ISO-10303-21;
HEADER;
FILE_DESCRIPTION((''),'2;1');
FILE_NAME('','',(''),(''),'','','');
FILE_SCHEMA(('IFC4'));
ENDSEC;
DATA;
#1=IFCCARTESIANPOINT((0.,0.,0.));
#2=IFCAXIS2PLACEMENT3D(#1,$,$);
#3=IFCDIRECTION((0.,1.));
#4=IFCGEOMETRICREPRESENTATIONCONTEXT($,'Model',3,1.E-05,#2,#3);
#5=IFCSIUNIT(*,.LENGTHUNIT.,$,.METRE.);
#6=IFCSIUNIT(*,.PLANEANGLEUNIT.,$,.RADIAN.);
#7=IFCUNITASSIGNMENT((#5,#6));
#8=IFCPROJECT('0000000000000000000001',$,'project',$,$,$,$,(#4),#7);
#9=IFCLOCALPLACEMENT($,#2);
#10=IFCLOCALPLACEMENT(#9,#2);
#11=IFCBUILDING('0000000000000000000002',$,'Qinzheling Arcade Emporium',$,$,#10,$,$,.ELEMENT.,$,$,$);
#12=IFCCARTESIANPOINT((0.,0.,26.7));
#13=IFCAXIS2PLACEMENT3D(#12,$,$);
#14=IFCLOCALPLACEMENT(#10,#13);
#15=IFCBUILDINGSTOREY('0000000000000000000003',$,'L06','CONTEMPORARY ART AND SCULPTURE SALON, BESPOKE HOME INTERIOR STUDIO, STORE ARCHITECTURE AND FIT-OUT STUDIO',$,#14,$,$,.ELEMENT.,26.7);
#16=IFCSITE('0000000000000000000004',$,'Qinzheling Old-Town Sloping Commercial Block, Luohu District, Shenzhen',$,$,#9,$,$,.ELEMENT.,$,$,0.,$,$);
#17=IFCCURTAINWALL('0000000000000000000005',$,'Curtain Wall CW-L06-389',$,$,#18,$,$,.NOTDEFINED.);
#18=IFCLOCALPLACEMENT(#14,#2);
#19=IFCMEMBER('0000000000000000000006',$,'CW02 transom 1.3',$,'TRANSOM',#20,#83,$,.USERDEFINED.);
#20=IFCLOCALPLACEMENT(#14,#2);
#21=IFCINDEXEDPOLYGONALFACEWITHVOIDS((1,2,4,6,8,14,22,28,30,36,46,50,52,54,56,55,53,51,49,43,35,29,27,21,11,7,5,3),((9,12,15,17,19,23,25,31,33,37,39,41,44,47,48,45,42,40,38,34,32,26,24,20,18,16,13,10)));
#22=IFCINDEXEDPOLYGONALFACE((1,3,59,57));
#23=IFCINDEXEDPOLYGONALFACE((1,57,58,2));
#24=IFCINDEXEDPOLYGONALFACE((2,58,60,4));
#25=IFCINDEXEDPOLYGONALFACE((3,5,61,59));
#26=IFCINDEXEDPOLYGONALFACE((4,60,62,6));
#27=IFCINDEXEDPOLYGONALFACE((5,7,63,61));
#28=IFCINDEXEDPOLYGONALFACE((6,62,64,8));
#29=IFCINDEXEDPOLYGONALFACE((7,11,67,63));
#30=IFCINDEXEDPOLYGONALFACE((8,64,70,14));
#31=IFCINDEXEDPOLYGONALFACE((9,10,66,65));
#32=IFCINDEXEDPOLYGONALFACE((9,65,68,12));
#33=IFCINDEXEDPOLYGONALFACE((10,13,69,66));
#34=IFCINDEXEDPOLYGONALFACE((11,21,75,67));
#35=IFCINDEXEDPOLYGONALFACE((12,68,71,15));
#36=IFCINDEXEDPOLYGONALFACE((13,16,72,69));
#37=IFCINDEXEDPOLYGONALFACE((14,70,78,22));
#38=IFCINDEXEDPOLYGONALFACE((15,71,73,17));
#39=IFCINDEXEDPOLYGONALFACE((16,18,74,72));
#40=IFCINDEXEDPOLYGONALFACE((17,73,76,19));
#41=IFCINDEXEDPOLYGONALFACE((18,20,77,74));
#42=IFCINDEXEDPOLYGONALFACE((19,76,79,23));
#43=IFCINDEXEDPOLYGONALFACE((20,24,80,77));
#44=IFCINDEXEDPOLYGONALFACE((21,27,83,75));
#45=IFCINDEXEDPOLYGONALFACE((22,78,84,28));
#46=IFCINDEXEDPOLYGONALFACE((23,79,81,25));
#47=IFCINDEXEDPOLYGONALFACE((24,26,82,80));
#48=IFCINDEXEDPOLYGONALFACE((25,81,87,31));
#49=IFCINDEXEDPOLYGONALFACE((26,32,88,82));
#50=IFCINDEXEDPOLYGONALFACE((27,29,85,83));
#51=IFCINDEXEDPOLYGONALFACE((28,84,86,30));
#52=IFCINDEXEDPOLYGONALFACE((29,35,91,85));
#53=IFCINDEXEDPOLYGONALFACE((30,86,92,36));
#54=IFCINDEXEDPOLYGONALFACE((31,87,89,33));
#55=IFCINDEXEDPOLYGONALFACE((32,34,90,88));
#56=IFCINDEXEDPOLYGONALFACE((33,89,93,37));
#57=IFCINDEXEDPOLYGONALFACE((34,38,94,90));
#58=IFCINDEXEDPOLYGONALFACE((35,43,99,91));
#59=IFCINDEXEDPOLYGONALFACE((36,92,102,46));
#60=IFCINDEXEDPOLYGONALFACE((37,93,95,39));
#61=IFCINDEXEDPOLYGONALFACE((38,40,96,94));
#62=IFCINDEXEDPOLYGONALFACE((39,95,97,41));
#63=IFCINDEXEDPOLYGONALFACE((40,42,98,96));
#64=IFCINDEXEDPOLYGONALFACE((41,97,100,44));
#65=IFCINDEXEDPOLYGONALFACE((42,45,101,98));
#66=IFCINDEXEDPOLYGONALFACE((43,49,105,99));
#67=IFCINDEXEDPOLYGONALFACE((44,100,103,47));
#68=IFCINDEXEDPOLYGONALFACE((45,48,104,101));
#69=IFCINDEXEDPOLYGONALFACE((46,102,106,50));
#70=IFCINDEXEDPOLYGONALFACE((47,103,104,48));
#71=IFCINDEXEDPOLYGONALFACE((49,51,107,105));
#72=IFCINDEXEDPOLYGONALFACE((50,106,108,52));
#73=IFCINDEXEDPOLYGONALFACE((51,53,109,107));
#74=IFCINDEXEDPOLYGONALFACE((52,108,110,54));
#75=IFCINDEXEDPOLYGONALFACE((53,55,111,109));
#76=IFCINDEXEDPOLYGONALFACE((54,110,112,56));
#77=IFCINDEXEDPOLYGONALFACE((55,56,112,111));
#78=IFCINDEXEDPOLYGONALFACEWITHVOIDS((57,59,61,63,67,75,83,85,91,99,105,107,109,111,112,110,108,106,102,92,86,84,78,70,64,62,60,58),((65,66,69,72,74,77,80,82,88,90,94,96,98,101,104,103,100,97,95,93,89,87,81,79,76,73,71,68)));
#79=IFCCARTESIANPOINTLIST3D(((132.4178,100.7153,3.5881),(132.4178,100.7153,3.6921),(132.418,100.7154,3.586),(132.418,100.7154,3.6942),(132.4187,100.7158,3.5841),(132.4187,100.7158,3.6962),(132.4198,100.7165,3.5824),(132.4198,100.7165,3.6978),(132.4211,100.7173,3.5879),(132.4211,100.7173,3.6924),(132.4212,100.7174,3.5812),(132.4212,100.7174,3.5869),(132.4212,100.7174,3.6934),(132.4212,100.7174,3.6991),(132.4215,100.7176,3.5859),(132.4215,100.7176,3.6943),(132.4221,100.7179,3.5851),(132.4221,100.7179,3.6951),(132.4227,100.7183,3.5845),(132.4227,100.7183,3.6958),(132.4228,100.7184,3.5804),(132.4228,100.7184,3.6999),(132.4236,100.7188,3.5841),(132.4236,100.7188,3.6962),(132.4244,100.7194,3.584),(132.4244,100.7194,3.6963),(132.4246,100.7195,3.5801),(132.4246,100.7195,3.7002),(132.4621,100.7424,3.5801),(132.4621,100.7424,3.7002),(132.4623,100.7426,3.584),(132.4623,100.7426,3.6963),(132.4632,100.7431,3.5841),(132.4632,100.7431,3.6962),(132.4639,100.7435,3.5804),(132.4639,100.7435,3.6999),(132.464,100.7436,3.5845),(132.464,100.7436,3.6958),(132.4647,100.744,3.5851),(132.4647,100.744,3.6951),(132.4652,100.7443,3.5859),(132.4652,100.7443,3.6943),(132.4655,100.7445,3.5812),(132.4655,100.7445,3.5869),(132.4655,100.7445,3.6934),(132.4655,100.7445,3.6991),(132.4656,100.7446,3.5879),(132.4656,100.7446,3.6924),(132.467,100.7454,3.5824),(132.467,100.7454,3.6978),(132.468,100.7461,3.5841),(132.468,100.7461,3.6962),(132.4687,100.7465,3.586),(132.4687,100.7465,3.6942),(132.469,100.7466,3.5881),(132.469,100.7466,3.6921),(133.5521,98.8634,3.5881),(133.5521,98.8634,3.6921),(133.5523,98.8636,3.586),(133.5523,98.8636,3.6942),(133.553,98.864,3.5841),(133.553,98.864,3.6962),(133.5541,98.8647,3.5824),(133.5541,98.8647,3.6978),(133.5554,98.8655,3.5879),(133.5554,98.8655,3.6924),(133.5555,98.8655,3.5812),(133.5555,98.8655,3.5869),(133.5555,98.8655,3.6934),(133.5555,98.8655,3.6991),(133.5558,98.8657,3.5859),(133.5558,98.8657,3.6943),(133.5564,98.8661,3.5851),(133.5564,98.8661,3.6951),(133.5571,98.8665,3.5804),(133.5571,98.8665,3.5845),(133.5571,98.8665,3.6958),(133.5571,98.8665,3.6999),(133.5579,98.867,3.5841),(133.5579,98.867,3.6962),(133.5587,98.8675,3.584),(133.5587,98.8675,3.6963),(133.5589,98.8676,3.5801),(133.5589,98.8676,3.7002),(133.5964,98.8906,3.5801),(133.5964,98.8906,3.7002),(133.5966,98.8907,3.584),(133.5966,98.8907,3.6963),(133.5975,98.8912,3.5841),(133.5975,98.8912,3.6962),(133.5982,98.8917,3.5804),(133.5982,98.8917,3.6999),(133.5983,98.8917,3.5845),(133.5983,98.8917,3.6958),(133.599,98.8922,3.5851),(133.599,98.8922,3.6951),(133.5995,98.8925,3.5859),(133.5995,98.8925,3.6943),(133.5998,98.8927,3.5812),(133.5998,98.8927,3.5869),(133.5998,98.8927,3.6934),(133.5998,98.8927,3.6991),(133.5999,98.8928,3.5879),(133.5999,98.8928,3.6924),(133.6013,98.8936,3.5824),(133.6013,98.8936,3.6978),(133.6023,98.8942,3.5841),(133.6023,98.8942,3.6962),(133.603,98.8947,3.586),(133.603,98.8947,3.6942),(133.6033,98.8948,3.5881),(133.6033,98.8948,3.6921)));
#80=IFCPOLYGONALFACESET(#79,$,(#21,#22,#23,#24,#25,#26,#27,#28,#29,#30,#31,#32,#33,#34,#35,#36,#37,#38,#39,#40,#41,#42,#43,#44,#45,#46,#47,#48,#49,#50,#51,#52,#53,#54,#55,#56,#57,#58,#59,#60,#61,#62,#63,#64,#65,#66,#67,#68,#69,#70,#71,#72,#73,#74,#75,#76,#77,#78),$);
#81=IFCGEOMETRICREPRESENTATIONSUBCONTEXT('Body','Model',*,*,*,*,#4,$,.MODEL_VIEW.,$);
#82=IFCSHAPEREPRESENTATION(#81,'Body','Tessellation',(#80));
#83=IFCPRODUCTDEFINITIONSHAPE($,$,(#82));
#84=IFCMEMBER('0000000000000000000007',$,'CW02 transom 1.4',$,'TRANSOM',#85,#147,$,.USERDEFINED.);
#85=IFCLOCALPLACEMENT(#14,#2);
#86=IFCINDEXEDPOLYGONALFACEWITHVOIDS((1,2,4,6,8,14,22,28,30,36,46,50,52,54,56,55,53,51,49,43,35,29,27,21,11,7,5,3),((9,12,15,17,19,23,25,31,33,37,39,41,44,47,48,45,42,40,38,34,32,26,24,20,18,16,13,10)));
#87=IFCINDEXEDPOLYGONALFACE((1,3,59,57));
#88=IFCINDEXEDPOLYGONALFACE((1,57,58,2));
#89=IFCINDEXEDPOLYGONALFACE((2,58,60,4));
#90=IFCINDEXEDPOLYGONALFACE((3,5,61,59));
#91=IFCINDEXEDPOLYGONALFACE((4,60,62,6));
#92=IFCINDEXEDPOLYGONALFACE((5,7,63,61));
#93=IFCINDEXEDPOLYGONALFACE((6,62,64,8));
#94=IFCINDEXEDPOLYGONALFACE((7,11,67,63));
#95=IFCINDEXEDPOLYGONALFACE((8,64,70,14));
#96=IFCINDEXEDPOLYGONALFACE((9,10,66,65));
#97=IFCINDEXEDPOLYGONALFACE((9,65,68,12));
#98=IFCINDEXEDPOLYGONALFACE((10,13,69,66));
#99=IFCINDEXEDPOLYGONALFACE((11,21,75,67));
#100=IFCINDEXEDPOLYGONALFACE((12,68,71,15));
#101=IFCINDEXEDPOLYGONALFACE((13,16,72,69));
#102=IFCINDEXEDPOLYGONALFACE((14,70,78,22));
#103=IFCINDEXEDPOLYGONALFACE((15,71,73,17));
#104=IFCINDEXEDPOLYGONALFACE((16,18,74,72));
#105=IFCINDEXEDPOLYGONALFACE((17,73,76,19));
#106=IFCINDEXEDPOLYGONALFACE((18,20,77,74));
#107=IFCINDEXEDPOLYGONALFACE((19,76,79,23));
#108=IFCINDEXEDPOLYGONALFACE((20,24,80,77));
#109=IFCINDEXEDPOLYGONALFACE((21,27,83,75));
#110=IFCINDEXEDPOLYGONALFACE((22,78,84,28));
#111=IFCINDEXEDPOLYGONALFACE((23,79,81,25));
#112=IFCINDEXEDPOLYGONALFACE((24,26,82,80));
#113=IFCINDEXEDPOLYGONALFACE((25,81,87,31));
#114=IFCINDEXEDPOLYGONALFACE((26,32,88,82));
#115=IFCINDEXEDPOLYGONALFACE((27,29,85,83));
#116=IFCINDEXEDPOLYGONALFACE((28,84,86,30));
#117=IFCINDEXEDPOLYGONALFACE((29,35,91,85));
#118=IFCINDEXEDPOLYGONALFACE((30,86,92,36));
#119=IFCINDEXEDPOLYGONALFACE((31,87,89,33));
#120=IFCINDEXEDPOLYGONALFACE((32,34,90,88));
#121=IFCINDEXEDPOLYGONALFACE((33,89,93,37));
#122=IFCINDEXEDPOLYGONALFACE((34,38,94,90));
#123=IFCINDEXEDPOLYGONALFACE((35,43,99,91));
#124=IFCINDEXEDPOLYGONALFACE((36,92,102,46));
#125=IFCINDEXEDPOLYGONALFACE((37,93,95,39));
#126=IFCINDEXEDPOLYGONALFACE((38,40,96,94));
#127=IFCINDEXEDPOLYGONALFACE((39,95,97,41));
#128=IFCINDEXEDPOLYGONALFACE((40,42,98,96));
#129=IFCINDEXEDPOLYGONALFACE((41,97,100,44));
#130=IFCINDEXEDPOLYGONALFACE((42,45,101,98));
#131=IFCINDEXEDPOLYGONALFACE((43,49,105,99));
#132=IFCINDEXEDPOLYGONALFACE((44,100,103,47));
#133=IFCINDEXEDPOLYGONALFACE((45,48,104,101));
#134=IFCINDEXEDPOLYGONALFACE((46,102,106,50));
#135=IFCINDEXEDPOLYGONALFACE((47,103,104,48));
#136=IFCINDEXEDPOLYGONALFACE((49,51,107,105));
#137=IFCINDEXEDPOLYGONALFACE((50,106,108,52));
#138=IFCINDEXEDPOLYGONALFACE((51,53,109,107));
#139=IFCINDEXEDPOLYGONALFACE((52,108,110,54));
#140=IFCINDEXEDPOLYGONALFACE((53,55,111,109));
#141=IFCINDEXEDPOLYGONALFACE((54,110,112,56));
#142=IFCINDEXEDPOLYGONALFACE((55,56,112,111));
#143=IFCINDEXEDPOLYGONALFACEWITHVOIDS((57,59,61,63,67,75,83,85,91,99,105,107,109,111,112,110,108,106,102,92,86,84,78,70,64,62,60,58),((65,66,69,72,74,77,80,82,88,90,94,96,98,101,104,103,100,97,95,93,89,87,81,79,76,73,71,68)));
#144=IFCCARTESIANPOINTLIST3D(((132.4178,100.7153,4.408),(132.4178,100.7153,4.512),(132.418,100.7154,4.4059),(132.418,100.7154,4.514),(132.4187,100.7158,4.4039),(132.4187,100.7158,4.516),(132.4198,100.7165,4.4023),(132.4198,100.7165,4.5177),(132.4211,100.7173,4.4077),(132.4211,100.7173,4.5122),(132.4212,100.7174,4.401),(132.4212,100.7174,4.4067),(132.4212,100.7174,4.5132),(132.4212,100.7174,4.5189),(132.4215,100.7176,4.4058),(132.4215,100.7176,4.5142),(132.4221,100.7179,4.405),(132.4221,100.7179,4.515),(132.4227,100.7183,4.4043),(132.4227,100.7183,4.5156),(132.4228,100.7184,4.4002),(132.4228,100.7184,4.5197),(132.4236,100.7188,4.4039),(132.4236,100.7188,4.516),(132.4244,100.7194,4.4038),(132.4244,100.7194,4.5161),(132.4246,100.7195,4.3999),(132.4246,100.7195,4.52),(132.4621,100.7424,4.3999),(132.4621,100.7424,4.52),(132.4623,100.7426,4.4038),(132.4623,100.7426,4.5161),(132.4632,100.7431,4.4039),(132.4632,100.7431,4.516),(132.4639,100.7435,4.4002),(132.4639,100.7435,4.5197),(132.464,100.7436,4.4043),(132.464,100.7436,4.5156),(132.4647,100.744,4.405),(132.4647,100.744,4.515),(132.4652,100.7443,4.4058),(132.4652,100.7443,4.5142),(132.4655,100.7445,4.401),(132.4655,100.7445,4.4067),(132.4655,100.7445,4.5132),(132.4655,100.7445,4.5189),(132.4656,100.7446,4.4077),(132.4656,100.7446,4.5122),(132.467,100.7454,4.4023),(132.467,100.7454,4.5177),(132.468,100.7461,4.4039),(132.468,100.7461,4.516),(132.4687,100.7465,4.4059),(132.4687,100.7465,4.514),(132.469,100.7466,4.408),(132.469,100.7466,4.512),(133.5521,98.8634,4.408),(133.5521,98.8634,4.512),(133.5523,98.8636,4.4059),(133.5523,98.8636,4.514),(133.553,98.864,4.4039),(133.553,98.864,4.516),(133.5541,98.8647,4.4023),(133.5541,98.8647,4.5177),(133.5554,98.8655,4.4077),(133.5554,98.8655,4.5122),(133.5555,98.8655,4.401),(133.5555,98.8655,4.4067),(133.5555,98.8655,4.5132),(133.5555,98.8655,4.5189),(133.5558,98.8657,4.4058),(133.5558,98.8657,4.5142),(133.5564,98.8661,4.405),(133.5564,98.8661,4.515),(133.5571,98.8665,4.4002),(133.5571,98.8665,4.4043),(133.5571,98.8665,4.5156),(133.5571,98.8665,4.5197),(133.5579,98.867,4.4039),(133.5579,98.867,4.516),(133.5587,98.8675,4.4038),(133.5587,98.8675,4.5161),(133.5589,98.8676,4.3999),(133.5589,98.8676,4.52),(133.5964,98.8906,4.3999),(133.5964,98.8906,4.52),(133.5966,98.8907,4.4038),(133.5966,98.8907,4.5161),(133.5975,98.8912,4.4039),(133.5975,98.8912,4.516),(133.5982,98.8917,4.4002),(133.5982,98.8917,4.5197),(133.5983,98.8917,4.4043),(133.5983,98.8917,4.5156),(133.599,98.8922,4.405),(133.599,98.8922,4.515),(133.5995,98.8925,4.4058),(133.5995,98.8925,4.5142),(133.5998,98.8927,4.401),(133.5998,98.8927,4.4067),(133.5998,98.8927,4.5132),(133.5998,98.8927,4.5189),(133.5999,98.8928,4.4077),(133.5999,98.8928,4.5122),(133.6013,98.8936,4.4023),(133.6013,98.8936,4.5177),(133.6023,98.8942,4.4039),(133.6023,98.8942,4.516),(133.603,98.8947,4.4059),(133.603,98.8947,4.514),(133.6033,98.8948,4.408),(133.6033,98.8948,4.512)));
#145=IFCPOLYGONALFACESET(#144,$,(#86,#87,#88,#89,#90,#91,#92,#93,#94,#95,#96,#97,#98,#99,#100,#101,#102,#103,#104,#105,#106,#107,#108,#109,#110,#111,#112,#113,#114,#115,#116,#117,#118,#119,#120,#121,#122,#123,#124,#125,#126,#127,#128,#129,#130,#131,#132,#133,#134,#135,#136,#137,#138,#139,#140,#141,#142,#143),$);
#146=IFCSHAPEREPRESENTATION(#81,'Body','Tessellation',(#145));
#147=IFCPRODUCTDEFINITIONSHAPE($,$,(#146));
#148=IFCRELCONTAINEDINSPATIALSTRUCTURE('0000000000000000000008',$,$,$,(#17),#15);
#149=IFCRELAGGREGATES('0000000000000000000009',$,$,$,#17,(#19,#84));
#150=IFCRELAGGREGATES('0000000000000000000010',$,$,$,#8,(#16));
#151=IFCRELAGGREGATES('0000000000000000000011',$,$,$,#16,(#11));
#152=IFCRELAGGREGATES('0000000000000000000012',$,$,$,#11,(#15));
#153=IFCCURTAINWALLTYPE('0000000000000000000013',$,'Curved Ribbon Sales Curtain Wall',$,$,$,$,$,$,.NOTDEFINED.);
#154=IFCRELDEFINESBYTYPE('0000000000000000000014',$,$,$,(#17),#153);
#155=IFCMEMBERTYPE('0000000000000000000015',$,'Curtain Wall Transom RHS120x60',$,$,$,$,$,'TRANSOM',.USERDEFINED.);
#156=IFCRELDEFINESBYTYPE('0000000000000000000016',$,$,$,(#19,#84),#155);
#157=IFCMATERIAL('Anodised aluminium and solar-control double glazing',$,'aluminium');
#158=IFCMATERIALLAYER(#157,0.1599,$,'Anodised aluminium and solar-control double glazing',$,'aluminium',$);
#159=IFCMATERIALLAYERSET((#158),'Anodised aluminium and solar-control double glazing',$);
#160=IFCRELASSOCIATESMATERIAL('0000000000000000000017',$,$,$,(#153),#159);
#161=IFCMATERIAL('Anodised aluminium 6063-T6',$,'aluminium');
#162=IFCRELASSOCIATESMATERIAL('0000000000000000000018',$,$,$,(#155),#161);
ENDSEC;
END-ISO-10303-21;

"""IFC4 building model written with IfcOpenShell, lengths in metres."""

from ifc_helpers import new_model, si_unit, direction, frame, origin, origin_2d, place, context, subcontext, project, spatial, hollow_rectangle, extrude, material, layer, layer_set, material_profile, profile_set, type_object, element, aggregate, save


model = new_model("IFC4")

# Units and contexts
model_context = context("Model", 3, precision=1e-05, world=origin(), true_north=direction((0.0, 1.0)))
body_context = subcontext(model_context, "Body", "Model", "MODEL_VIEW")
ifc_project = project(units=[si_unit("LENGTHUNIT", "METRE"), si_unit("PLANEANGLEUNIT", "RADIAN")], contexts=[model_context])

# Site, building, storey
site_placement = place(None, origin())
site = spatial("IfcSite", under=ifc_project, at=site_placement, Name="Qinzheling Old-Town Sloping Commercial Block, Luohu District, Shenzhen", CompositionType="ELEMENT", RefElevation=0.0)
building_placement = place(site_placement, origin())
building = spatial("IfcBuilding", under=site, at=building_placement, Name="Qinzheling Arcade Emporium", CompositionType="ELEMENT")
storey_placement = place(building_placement, frame((0.0, 0.0, 26.7)))
storey = spatial("IfcBuildingStorey", under=building, at=storey_placement, Name="L06", Description="CONTEMPORARY ART AND SCULPTURE SALON, BESPOKE HOME INTERIOR STUDIO, STORE ARCHITECTURE AND FIT-OUT STUDIO", CompositionType="ELEMENT", Elevation=26.7)

# Shared definitions
ifc_material_1 = material(Name="Anodised aluminium and solar-control double glazing", Category="aluminium")
ifc_layer_1 = layer(ifc_material_1, 0.1599, Name="Anodised aluminium and solar-control double glazing", Category="aluminium")
ifc_layer_set_1 = layer_set([ifc_layer_1], Name="Anodised aluminium and solar-control double glazing")
curtain_wall_type = type_object("IfcCurtainWallType", Name="Curved Ribbon Sales Curtain Wall", PredefinedType="NOTDEFINED", material=ifc_layer_set_1)
ifc_material_2 = material(Name="Anodised aluminium 6063-T6", Category="aluminium")

# Curtain wall
curtain_wall_1_placement = place(storey_placement, origin())
curtain_wall_1 = element("IfcCurtainWall", 1, at=curtain_wall_1_placement, inside=storey, type_object=curtain_wall_type, Name="Curtain Wall CW-L06-389", PredefinedType="NOTDEFINED")

# Members
ifc_material_profile_1 = material_profile(ifc_material_2, hollow_rectangle(XDim=0.0601, YDim=0.1201, WallThickness=0.0039, InnerFilletRadius=0.0039, OuterFilletRadius=0.0081, at=origin_2d()), Name="RHS 120x60x4", Category="aluminium")
ifc_profile_set_1 = profile_set([ifc_material_profile_1], Name="Anodised aluminium 6063-T6")
member_type_1 = type_object("IfcMemberType", Name="Curtain Wall Transom RHS120x60", ElementType="TRANSOM", PredefinedType="USERDEFINED", material=ifc_profile_set_1)
member_1_placement = place(storey_placement, frame((132.4434, 100.731, 3.6401), z_axis=(0.522327, -0.852745, 0.0), x_axis=(0.852745, 0.522327, 0.0)))
member_1 = element("IfcMember", 2, at=member_1_placement, type_object=member_type_1, Name="CW02 transom 1.3", ObjectType="TRANSOM", PredefinedType="USERDEFINED", context=body_context, shape_type="SweptSolid", body=[
    extrude(hollow_rectangle(XDim=0.0601, YDim=0.1201, WallThickness=0.0039, InnerFilletRadius=0.0039, OuterFilletRadius=0.0081, at=origin_2d()), origin(), (0.0, 0.0, 1.0), 2.1716),
])
member_2_placement = place(storey_placement, frame((132.4434, 100.731, 4.46), z_axis=(0.522327, -0.852745, 0.0), x_axis=(0.852745, 0.522327, 0.0)))
member_2 = element("IfcMember", 3, at=member_2_placement, type_object=member_type_1, Name="CW02 transom 1.4", ObjectType="TRANSOM", PredefinedType="USERDEFINED", context=body_context, shape_type="SweptSolid", body=[
    extrude(hollow_rectangle(XDim=0.0601, YDim=0.1201, WallThickness=0.0039, InnerFilletRadius=0.0039, OuterFilletRadius=0.0081, at=origin_2d()), origin(), (0.0, 0.0, 1.0), 2.1716),
])

aggregate(curtain_wall_1, [member_1, member_2])

save(model, "model.ifc")
